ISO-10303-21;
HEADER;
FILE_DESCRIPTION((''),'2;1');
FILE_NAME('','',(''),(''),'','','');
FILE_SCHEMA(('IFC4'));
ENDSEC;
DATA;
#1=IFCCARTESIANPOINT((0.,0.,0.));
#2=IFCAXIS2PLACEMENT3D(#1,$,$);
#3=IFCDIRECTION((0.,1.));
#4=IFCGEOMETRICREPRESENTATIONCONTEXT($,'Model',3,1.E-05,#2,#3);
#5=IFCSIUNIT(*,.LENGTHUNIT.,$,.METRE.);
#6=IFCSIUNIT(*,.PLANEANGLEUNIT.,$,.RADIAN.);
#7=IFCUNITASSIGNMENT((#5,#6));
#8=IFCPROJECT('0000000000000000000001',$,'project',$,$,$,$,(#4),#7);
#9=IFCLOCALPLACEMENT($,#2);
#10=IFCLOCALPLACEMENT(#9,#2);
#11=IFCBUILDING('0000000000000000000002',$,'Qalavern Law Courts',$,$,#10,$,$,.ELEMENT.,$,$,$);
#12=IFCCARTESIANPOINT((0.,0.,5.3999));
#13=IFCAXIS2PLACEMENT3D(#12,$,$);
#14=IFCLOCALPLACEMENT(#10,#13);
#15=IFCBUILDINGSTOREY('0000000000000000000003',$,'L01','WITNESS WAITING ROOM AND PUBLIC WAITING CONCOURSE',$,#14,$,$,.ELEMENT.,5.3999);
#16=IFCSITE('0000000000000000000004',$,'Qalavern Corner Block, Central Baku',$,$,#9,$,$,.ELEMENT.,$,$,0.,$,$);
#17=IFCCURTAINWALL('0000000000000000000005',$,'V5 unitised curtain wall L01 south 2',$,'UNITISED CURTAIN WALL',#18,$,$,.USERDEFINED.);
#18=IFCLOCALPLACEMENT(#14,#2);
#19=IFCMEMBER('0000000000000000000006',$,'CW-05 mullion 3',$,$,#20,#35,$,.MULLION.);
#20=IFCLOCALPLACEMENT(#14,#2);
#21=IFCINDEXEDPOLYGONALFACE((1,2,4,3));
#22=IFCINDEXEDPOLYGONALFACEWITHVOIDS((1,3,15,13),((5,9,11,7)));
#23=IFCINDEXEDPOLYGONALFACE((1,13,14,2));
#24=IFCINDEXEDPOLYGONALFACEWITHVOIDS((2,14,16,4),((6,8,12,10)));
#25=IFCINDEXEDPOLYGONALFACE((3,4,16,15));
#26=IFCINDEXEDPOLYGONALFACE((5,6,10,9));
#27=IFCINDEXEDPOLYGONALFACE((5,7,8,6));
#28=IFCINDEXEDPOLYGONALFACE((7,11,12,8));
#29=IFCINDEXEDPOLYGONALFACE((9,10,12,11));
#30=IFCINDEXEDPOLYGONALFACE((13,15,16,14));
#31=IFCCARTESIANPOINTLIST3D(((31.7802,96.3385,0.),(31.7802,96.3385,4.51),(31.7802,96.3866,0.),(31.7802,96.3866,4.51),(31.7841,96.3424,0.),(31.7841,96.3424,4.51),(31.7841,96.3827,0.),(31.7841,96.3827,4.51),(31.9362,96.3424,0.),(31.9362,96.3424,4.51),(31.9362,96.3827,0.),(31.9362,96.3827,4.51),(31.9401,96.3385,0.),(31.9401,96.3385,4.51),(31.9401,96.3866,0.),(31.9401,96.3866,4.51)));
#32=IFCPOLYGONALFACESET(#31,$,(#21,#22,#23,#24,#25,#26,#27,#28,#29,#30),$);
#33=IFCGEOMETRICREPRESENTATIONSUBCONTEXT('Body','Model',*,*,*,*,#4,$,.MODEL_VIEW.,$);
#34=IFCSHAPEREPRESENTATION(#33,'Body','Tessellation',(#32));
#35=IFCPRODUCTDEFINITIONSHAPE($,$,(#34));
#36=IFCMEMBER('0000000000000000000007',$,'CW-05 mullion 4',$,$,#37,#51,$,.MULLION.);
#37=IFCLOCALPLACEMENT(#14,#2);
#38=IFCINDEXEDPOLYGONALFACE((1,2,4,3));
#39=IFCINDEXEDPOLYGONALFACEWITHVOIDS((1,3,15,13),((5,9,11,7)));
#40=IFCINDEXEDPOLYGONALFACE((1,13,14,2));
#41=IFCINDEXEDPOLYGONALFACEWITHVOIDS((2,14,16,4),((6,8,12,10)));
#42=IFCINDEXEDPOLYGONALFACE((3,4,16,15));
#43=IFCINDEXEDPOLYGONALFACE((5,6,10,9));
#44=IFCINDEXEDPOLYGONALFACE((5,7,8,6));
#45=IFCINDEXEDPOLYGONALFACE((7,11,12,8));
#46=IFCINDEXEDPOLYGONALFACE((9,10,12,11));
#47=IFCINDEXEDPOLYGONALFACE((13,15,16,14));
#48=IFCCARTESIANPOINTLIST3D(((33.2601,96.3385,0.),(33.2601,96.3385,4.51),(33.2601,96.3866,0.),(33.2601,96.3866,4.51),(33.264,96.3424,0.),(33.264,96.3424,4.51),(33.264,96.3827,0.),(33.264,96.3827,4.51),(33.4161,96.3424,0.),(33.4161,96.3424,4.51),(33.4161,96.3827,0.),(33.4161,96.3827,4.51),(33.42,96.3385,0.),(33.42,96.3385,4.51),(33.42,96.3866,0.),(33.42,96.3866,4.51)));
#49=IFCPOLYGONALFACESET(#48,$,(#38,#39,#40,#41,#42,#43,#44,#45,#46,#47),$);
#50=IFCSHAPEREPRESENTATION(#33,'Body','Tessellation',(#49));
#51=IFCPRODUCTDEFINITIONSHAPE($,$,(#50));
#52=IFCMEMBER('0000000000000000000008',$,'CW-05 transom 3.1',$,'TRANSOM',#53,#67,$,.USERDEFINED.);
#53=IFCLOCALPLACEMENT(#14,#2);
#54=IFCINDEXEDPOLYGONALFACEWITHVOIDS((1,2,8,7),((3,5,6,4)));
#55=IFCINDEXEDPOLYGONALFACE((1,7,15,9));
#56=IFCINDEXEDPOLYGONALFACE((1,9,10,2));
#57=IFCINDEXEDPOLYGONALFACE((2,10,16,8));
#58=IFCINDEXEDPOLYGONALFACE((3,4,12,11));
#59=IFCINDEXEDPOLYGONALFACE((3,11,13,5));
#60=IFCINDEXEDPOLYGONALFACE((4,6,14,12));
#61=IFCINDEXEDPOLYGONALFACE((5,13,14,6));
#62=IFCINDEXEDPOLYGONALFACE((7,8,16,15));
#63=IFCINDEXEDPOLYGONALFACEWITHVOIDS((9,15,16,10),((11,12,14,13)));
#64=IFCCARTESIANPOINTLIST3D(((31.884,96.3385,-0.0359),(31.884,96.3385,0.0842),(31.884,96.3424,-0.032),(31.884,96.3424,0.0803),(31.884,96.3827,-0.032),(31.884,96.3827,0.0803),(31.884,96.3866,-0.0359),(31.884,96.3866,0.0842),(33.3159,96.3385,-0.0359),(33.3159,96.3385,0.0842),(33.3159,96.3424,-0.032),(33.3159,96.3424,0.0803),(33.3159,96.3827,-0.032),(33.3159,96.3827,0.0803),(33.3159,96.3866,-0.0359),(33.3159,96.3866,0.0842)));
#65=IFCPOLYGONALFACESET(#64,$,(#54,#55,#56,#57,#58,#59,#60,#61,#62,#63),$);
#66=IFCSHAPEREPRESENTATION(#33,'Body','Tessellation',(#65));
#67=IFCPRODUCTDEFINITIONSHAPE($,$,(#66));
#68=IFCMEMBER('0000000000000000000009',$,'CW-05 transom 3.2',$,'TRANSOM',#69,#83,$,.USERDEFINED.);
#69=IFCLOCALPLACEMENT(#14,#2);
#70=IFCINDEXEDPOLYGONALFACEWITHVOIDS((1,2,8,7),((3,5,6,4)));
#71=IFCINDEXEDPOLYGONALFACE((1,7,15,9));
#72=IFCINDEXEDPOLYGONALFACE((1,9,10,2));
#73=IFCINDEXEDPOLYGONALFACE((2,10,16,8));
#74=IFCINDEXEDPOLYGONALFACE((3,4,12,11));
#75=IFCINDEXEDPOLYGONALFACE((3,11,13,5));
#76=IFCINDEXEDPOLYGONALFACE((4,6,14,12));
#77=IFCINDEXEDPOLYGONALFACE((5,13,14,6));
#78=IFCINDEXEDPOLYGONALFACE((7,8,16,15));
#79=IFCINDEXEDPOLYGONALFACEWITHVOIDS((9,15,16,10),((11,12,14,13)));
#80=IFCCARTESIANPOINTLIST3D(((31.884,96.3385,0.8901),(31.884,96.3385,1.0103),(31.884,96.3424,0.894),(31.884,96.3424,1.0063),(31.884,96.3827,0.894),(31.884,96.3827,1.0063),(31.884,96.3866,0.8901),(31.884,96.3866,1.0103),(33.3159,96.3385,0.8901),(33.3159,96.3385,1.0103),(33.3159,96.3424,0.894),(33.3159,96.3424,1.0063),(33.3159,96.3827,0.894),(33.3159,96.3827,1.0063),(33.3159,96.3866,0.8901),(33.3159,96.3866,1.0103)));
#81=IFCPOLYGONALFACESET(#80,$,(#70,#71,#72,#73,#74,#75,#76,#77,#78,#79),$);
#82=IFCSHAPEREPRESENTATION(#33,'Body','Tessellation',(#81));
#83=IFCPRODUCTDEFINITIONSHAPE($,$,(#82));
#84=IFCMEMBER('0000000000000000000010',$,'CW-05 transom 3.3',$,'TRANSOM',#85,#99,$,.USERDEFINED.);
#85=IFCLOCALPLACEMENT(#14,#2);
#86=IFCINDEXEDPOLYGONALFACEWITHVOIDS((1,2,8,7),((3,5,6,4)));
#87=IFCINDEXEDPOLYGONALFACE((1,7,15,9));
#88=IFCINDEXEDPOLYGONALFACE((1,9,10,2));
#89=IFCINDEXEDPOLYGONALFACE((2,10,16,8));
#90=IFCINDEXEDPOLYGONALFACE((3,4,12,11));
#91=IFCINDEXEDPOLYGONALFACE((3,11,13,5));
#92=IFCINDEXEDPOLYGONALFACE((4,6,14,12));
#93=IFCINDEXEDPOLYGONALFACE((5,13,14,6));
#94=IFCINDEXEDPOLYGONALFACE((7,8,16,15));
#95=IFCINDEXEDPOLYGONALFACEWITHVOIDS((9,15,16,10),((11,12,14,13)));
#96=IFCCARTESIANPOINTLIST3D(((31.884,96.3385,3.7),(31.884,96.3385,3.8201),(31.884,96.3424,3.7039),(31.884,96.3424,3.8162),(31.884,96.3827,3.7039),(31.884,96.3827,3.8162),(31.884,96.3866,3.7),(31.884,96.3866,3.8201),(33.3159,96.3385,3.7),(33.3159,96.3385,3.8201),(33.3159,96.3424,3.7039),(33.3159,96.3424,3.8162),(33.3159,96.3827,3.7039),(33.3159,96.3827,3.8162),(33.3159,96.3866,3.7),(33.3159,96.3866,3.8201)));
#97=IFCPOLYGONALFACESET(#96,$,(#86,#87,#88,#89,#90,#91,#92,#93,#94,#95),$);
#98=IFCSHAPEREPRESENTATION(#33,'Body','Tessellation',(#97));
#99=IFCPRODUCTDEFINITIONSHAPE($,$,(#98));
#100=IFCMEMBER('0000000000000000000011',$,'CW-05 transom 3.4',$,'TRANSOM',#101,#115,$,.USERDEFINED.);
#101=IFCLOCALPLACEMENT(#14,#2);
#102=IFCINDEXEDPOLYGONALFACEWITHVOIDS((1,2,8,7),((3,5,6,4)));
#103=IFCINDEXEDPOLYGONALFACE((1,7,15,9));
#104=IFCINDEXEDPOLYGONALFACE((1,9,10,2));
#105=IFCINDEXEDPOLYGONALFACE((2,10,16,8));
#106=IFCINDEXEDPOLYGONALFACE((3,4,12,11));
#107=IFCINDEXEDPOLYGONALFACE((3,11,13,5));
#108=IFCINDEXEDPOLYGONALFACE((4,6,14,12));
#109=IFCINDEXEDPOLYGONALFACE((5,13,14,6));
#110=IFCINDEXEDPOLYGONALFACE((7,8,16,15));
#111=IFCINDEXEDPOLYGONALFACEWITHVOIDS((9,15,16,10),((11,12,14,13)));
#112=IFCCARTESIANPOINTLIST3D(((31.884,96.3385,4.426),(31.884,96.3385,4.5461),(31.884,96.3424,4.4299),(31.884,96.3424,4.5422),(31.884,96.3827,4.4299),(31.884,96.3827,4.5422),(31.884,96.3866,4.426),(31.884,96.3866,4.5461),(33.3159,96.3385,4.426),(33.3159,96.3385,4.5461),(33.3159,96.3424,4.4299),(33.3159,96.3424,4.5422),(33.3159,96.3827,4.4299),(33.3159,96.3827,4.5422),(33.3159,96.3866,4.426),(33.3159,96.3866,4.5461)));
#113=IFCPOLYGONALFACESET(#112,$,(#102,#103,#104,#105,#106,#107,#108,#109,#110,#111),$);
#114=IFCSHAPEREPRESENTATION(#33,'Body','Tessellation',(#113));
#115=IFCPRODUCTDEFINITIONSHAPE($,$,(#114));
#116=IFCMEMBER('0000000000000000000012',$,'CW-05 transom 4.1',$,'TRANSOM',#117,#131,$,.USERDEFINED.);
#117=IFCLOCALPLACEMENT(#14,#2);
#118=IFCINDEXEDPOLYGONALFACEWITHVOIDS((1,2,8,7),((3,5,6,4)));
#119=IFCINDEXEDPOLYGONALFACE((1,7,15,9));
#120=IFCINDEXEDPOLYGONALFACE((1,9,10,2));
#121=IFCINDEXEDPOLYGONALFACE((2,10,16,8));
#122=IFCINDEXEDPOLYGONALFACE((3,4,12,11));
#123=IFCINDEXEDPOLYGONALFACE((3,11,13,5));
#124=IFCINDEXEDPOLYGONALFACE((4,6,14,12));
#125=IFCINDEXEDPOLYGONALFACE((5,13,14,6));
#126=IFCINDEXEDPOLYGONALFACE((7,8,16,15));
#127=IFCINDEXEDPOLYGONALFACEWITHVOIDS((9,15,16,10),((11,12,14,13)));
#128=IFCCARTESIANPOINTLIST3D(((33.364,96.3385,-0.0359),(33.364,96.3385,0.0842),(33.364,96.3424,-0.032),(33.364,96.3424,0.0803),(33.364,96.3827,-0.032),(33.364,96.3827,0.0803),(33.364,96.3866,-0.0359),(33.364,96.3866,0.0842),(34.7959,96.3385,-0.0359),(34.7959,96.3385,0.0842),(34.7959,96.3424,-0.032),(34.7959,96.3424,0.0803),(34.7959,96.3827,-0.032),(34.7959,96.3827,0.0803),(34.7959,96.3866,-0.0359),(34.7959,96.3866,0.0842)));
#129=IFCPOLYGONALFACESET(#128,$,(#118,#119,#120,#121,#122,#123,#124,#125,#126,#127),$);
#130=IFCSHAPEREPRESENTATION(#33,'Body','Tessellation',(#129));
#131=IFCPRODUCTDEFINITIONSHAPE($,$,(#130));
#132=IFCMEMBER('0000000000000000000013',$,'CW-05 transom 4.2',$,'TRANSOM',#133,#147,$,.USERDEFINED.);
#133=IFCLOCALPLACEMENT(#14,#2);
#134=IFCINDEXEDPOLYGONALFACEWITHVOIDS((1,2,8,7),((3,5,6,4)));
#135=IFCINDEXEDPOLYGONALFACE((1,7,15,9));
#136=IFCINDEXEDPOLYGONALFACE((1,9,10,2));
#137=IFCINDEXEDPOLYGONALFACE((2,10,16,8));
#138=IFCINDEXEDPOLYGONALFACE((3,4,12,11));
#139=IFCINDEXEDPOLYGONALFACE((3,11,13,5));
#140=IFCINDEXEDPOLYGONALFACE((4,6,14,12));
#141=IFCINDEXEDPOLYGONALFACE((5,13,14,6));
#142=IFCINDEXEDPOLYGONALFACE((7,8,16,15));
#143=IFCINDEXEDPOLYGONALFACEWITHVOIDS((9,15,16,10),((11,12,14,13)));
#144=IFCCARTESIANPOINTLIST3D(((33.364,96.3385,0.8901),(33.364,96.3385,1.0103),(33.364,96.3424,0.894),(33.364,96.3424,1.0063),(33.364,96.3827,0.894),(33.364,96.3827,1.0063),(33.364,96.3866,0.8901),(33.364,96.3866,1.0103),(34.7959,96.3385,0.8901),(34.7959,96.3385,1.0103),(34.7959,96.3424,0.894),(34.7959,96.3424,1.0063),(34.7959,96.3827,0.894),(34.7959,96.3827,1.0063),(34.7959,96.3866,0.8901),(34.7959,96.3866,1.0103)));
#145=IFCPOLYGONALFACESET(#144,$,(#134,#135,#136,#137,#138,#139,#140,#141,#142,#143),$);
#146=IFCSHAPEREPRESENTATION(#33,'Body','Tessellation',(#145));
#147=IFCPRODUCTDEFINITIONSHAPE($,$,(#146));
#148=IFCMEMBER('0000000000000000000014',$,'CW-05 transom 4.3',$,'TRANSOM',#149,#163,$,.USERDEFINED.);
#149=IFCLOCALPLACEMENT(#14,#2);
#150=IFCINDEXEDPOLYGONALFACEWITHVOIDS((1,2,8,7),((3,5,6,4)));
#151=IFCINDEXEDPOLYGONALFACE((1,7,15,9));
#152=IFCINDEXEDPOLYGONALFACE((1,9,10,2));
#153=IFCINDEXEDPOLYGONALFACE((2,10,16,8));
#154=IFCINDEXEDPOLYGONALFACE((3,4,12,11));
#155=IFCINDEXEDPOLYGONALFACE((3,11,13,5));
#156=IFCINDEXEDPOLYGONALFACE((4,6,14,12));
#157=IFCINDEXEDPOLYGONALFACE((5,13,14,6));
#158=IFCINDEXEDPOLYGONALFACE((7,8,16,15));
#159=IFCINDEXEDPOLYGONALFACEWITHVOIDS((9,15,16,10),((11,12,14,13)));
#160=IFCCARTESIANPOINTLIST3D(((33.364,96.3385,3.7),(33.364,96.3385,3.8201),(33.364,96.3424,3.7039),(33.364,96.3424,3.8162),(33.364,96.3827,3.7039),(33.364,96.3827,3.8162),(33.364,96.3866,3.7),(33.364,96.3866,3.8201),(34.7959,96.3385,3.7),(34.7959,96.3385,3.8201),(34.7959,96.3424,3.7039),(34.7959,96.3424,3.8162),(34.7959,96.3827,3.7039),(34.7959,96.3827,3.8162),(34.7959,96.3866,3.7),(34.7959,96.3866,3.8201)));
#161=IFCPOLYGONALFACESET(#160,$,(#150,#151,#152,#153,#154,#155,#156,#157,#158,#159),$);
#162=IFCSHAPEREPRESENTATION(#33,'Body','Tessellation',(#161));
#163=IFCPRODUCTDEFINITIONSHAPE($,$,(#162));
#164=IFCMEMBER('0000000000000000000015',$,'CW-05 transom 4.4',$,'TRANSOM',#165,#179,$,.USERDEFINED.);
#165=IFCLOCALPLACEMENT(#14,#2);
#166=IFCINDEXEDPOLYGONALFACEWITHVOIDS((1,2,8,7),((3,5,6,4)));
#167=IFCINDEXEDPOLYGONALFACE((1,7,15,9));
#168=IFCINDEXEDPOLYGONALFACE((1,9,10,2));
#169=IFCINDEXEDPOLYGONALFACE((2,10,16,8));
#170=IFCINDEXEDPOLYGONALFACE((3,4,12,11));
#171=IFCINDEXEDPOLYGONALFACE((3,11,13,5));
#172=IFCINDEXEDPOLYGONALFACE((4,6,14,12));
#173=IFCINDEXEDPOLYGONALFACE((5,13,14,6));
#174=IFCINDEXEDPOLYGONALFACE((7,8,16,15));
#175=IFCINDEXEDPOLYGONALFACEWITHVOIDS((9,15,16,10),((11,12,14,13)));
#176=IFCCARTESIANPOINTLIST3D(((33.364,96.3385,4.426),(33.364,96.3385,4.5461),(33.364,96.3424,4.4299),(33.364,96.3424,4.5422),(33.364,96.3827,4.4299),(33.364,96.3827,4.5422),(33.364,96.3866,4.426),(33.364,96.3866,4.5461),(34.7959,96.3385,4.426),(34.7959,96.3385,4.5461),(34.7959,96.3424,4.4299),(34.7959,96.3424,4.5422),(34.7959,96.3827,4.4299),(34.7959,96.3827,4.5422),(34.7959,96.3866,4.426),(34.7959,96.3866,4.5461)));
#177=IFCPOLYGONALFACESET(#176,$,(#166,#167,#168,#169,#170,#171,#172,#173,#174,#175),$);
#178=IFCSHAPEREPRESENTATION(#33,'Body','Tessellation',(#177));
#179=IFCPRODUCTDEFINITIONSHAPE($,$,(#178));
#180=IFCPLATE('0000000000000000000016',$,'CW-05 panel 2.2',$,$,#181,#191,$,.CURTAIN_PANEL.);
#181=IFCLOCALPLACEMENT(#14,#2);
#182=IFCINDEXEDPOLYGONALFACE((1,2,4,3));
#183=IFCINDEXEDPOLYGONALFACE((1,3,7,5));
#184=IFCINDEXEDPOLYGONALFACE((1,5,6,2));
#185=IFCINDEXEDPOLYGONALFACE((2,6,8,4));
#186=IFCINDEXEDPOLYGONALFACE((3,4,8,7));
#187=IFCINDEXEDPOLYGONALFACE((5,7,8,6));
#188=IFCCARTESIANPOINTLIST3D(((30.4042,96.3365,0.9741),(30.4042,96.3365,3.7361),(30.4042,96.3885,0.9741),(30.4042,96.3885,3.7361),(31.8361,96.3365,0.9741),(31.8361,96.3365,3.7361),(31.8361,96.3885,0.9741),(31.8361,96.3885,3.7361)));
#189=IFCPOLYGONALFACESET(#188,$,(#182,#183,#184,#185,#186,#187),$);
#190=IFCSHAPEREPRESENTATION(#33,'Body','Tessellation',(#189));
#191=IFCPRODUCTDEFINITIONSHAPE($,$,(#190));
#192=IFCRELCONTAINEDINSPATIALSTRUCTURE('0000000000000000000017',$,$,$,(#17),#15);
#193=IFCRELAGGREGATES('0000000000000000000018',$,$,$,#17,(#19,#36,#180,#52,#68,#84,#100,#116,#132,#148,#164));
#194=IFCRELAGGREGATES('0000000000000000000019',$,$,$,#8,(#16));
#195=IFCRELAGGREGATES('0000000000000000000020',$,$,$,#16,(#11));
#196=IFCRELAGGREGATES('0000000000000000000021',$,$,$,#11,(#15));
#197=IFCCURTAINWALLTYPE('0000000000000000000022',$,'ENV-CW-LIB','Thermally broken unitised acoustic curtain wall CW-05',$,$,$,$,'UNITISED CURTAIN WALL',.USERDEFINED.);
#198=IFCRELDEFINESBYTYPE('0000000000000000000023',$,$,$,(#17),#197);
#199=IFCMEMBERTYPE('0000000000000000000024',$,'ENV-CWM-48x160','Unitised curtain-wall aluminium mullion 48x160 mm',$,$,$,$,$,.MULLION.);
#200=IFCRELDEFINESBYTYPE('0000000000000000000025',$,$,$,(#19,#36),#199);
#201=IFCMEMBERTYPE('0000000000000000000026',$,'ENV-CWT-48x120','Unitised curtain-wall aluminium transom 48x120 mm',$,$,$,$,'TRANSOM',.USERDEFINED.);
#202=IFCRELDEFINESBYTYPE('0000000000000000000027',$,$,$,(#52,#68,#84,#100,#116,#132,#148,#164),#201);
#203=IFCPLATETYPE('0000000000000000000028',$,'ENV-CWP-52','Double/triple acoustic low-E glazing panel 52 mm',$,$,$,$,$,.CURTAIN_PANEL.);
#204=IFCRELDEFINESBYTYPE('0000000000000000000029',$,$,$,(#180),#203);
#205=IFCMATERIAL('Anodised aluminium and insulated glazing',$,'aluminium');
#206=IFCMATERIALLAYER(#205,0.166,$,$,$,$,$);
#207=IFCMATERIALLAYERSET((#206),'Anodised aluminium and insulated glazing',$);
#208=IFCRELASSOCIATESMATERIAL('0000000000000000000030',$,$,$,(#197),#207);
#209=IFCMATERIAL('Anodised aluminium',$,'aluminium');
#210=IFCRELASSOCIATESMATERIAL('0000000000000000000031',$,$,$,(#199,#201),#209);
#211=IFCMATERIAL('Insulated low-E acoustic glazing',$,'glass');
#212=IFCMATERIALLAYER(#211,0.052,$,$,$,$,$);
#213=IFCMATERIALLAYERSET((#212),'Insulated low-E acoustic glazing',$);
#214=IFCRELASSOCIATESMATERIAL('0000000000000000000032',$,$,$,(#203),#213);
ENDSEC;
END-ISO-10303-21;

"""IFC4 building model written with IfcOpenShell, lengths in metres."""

from ifc_helpers import new_model, si_unit, direction, frame, origin, origin_2d, place, context, subcontext, project, spatial, rectangle, hollow_rectangle, extrude, material, layer, layer_set, material_profile, profile_set, type_object, element, aggregate, save


model = new_model("IFC4")

# Units and contexts
model_context = context("Model", 3, precision=1e-05, world=origin(), true_north=direction((0.0, 1.0)))
body_context = subcontext(model_context, "Body", "Model", "MODEL_VIEW")
ifc_project = project(units=[si_unit("LENGTHUNIT", "METRE"), si_unit("PLANEANGLEUNIT", "RADIAN")], contexts=[model_context])

# Site, building, storey
site_placement = place(None, origin())
site = spatial("IfcSite", under=ifc_project, at=site_placement, Name="Qalavern Corner Block, Central Baku", CompositionType="ELEMENT", RefElevation=0.0)
building_placement = place(site_placement, origin())
building = spatial("IfcBuilding", under=site, at=building_placement, Name="Qalavern Law Courts", CompositionType="ELEMENT")
storey_placement = place(building_placement, frame((0.0, 0.0, 5.3999)))
storey = spatial("IfcBuildingStorey", under=building, at=storey_placement, Name="L01", Description="WITNESS WAITING ROOM AND PUBLIC WAITING CONCOURSE", CompositionType="ELEMENT", Elevation=5.3999)

# Curtain wall, members, plate
ifc_material_1 = material(Name="Anodised aluminium and insulated glazing", Category="aluminium")
ifc_layer_1 = layer(ifc_material_1, 0.166)
ifc_layer_set_1 = layer_set([ifc_layer_1], Name="Anodised aluminium and insulated glazing")
curtain_wall_type = type_object("IfcCurtainWallType", Name="ENV-CW-LIB", Description="Thermally broken unitised acoustic curtain wall CW-05", ElementType="UNITISED CURTAIN WALL", PredefinedType="USERDEFINED", material=ifc_layer_set_1)
curtain_wall_placement = place(storey_placement, origin())
curtain_wall = element("IfcCurtainWall", 1, at=curtain_wall_placement, inside=storey, type_object=curtain_wall_type, Name="V5 unitised curtain wall L01 south 2", ObjectType="UNITISED CURTAIN WALL", PredefinedType="USERDEFINED")
ifc_material_2 = material(Name="Anodised aluminium", Category="aluminium")
ifc_material_profile_1 = material_profile(ifc_material_2, hollow_rectangle(XDim=0.0481, YDim=0.1599, WallThickness=0.0039, at=origin_2d()), Name="ALU MULLION 48x160")
ifc_profile_set_1 = profile_set([ifc_material_profile_1], Name="Anodised aluminium")
member_type_1 = type_object("IfcMemberType", Name="ENV-CWM-48x160", Description="Unitised curtain-wall aluminium mullion 48x160 mm", PredefinedType="MULLION", material=ifc_profile_set_1)
member_1_placement = place(storey_placement, frame((31.8601, 96.3625, 0.0), z_axis=(0.0, 0.0, 1.0), x_axis=(0.0, 1.0, 0.0)))
member_1 = element("IfcMember", 2, at=member_1_placement, type_object=member_type_1, Name="CW-05 mullion 3", PredefinedType="MULLION", context=body_context, shape_type="SweptSolid", body=[
    extrude(hollow_rectangle(XDim=0.0481, YDim=0.1599, WallThickness=0.0039, at=origin_2d()), origin(), (0.0, 0.0, 1.0), 4.51),
])
member_2_placement = place(storey_placement, frame((33.3401, 96.3625, 0.0), z_axis=(0.0, 0.0, 1.0), x_axis=(0.0, 1.0, 0.0)))
member_2 = element("IfcMember", 3, at=member_2_placement, type_object=member_type_1, Name="CW-05 mullion 4", PredefinedType="MULLION", context=body_context, shape_type="SweptSolid", body=[
    extrude(hollow_rectangle(XDim=0.0481, YDim=0.1599, WallThickness=0.0039, at=origin_2d()), origin(), (0.0, 0.0, 1.0), 4.51),
])
ifc_material_profile_2 = material_profile(ifc_material_2, hollow_rectangle(XDim=0.0481, YDim=0.1201, WallThickness=0.0039, at=origin_2d()), Name="ALU TRANSOM 48x120")
ifc_profile_set_2 = profile_set([ifc_material_profile_2], Name="Anodised aluminium")
member_type_2 = type_object("IfcMemberType", Name="ENV-CWT-48x120", Description="Unitised curtain-wall aluminium transom 48x120 mm", ElementType="TRANSOM", PredefinedType="USERDEFINED", material=ifc_profile_set_2)
member_3_placement = place(storey_placement, frame((31.884, 96.3625, 0.0242), z_axis=(1.0, 0.0, 0.0), x_axis=(0.0, 1.0, 0.0)))
member_3 = element("IfcMember", 4, at=member_3_placement, type_object=member_type_2, Name="CW-05 transom 3.1", ObjectType="TRANSOM", PredefinedType="USERDEFINED", context=body_context, shape_type="SweptSolid", body=[
    extrude(hollow_rectangle(XDim=0.0481, YDim=0.1201, WallThickness=0.0039, at=origin_2d()), origin(), (0.0, 0.0, 1.0), 1.4319),
])
member_4_placement = place(storey_placement, frame((31.884, 96.3625, 0.9502), z_axis=(1.0, 0.0, 0.0), x_axis=(0.0, 1.0, 0.0)))
member_4 = element("IfcMember", 5, at=member_4_placement, type_object=member_type_2, Name="CW-05 transom 3.2", ObjectType="TRANSOM", PredefinedType="USERDEFINED", context=body_context, shape_type="SweptSolid", body=[
    extrude(hollow_rectangle(XDim=0.0481, YDim=0.1201, WallThickness=0.0039, at=origin_2d()), origin(), (0.0, 0.0, 1.0), 1.4319),
])
member_5_placement = place(storey_placement, frame((31.884, 96.3625, 3.76), z_axis=(1.0, 0.0, 0.0), x_axis=(0.0, 1.0, 0.0)))
member_5 = element("IfcMember", 6, at=member_5_placement, type_object=member_type_2, Name="CW-05 transom 3.3", ObjectType="TRANSOM", PredefinedType="USERDEFINED", context=body_context, shape_type="SweptSolid", body=[
    extrude(hollow_rectangle(XDim=0.0481, YDim=0.1201, WallThickness=0.0039, at=origin_2d()), origin(), (0.0, 0.0, 1.0), 1.4319),
])
member_6_placement = place(storey_placement, frame((31.884, 96.3625, 4.4861), z_axis=(1.0, 0.0, 0.0), x_axis=(0.0, 1.0, 0.0)))
member_6 = element("IfcMember", 7, at=member_6_placement, type_object=member_type_2, Name="CW-05 transom 3.4", ObjectType="TRANSOM", PredefinedType="USERDEFINED", context=body_context, shape_type="SweptSolid", body=[
    extrude(hollow_rectangle(XDim=0.0481, YDim=0.1201, WallThickness=0.0039, at=origin_2d()), origin(), (0.0, 0.0, 1.0), 1.4319),
])
member_7_placement = place(storey_placement, frame((33.364, 96.3625, 0.0242), z_axis=(1.0, 0.0, 0.0), x_axis=(0.0, 1.0, 0.0)))
member_7 = element("IfcMember", 8, at=member_7_placement, type_object=member_type_2, Name="CW-05 transom 4.1", ObjectType="TRANSOM", PredefinedType="USERDEFINED", context=body_context, shape_type="SweptSolid", body=[
    extrude(hollow_rectangle(XDim=0.0481, YDim=0.1201, WallThickness=0.0039, at=origin_2d()), origin(), (0.0, 0.0, 1.0), 1.4319),
])
member_8_placement = place(storey_placement, frame((33.364, 96.3625, 0.9502), z_axis=(1.0, 0.0, 0.0), x_axis=(0.0, 1.0, 0.0)))
member_8 = element("IfcMember", 9, at=member_8_placement, type_object=member_type_2, Name="CW-05 transom 4.2", ObjectType="TRANSOM", PredefinedType="USERDEFINED", context=body_context, shape_type="SweptSolid", body=[
    extrude(hollow_rectangle(XDim=0.0481, YDim=0.1201, WallThickness=0.0039, at=origin_2d()), origin(), (0.0, 0.0, 1.0), 1.4319),
])
member_9_placement = place(storey_placement, frame((33.364, 96.3625, 3.76), z_axis=(1.0, 0.0, 0.0), x_axis=(0.0, 1.0, 0.0)))
member_9 = element("IfcMember", 10, at=member_9_placement, type_object=member_type_2, Name="CW-05 transom 4.3", ObjectType="TRANSOM", PredefinedType="USERDEFINED", context=body_context, shape_type="SweptSolid", body=[
    extrude(hollow_rectangle(XDim=0.0481, YDim=0.1201, WallThickness=0.0039, at=origin_2d()), origin(), (0.0, 0.0, 1.0), 1.4319),
])
member_10_placement = place(storey_placement, frame((33.364, 96.3625, 4.4861), z_axis=(1.0, 0.0, 0.0), x_axis=(0.0, 1.0, 0.0)))
member_10 = element("IfcMember", 11, at=member_10_placement, type_object=member_type_2, Name="CW-05 transom 4.4", ObjectType="TRANSOM", PredefinedType="USERDEFINED", context=body_context, shape_type="SweptSolid", body=[
    extrude(hollow_rectangle(XDim=0.0481, YDim=0.1201, WallThickness=0.0039, at=origin_2d()), origin(), (0.0, 0.0, 1.0), 1.4319),
])
ifc_material_3 = material(Name="Insulated low-E acoustic glazing", Category="glass")
ifc_layer_2 = layer(ifc_material_3, 0.052)
ifc_layer_set_2 = layer_set([ifc_layer_2], Name="Insulated low-E acoustic glazing")
plate_type = type_object("IfcPlateType", Name="ENV-CWP-52", Description="Double/triple acoustic low-E glazing panel 52 mm", PredefinedType="CURTAIN_PANEL", material=ifc_layer_set_2)
plate_1_placement = place(storey_placement, frame((31.1201, 96.3625, 0.9741), z_axis=(0.0, 0.0, 1.0), x_axis=(1.0, 0.0, 0.0)))
plate_1 = element("IfcPlate", 12, at=plate_1_placement, type_object=plate_type, Name="CW-05 panel 2.2", PredefinedType="CURTAIN_PANEL", context=body_context, shape_type="SweptSolid", body=[
    extrude(rectangle(XDim=1.4319, YDim=0.052, at=origin_2d()), origin(), (0.0, 0.0, 1.0), 2.762),
])
aggregate(curtain_wall, [member_1, member_2, plate_1, member_3, member_4, member_5, member_6, member_7, member_8, member_9, member_10])

save(model, "model.ifc")
